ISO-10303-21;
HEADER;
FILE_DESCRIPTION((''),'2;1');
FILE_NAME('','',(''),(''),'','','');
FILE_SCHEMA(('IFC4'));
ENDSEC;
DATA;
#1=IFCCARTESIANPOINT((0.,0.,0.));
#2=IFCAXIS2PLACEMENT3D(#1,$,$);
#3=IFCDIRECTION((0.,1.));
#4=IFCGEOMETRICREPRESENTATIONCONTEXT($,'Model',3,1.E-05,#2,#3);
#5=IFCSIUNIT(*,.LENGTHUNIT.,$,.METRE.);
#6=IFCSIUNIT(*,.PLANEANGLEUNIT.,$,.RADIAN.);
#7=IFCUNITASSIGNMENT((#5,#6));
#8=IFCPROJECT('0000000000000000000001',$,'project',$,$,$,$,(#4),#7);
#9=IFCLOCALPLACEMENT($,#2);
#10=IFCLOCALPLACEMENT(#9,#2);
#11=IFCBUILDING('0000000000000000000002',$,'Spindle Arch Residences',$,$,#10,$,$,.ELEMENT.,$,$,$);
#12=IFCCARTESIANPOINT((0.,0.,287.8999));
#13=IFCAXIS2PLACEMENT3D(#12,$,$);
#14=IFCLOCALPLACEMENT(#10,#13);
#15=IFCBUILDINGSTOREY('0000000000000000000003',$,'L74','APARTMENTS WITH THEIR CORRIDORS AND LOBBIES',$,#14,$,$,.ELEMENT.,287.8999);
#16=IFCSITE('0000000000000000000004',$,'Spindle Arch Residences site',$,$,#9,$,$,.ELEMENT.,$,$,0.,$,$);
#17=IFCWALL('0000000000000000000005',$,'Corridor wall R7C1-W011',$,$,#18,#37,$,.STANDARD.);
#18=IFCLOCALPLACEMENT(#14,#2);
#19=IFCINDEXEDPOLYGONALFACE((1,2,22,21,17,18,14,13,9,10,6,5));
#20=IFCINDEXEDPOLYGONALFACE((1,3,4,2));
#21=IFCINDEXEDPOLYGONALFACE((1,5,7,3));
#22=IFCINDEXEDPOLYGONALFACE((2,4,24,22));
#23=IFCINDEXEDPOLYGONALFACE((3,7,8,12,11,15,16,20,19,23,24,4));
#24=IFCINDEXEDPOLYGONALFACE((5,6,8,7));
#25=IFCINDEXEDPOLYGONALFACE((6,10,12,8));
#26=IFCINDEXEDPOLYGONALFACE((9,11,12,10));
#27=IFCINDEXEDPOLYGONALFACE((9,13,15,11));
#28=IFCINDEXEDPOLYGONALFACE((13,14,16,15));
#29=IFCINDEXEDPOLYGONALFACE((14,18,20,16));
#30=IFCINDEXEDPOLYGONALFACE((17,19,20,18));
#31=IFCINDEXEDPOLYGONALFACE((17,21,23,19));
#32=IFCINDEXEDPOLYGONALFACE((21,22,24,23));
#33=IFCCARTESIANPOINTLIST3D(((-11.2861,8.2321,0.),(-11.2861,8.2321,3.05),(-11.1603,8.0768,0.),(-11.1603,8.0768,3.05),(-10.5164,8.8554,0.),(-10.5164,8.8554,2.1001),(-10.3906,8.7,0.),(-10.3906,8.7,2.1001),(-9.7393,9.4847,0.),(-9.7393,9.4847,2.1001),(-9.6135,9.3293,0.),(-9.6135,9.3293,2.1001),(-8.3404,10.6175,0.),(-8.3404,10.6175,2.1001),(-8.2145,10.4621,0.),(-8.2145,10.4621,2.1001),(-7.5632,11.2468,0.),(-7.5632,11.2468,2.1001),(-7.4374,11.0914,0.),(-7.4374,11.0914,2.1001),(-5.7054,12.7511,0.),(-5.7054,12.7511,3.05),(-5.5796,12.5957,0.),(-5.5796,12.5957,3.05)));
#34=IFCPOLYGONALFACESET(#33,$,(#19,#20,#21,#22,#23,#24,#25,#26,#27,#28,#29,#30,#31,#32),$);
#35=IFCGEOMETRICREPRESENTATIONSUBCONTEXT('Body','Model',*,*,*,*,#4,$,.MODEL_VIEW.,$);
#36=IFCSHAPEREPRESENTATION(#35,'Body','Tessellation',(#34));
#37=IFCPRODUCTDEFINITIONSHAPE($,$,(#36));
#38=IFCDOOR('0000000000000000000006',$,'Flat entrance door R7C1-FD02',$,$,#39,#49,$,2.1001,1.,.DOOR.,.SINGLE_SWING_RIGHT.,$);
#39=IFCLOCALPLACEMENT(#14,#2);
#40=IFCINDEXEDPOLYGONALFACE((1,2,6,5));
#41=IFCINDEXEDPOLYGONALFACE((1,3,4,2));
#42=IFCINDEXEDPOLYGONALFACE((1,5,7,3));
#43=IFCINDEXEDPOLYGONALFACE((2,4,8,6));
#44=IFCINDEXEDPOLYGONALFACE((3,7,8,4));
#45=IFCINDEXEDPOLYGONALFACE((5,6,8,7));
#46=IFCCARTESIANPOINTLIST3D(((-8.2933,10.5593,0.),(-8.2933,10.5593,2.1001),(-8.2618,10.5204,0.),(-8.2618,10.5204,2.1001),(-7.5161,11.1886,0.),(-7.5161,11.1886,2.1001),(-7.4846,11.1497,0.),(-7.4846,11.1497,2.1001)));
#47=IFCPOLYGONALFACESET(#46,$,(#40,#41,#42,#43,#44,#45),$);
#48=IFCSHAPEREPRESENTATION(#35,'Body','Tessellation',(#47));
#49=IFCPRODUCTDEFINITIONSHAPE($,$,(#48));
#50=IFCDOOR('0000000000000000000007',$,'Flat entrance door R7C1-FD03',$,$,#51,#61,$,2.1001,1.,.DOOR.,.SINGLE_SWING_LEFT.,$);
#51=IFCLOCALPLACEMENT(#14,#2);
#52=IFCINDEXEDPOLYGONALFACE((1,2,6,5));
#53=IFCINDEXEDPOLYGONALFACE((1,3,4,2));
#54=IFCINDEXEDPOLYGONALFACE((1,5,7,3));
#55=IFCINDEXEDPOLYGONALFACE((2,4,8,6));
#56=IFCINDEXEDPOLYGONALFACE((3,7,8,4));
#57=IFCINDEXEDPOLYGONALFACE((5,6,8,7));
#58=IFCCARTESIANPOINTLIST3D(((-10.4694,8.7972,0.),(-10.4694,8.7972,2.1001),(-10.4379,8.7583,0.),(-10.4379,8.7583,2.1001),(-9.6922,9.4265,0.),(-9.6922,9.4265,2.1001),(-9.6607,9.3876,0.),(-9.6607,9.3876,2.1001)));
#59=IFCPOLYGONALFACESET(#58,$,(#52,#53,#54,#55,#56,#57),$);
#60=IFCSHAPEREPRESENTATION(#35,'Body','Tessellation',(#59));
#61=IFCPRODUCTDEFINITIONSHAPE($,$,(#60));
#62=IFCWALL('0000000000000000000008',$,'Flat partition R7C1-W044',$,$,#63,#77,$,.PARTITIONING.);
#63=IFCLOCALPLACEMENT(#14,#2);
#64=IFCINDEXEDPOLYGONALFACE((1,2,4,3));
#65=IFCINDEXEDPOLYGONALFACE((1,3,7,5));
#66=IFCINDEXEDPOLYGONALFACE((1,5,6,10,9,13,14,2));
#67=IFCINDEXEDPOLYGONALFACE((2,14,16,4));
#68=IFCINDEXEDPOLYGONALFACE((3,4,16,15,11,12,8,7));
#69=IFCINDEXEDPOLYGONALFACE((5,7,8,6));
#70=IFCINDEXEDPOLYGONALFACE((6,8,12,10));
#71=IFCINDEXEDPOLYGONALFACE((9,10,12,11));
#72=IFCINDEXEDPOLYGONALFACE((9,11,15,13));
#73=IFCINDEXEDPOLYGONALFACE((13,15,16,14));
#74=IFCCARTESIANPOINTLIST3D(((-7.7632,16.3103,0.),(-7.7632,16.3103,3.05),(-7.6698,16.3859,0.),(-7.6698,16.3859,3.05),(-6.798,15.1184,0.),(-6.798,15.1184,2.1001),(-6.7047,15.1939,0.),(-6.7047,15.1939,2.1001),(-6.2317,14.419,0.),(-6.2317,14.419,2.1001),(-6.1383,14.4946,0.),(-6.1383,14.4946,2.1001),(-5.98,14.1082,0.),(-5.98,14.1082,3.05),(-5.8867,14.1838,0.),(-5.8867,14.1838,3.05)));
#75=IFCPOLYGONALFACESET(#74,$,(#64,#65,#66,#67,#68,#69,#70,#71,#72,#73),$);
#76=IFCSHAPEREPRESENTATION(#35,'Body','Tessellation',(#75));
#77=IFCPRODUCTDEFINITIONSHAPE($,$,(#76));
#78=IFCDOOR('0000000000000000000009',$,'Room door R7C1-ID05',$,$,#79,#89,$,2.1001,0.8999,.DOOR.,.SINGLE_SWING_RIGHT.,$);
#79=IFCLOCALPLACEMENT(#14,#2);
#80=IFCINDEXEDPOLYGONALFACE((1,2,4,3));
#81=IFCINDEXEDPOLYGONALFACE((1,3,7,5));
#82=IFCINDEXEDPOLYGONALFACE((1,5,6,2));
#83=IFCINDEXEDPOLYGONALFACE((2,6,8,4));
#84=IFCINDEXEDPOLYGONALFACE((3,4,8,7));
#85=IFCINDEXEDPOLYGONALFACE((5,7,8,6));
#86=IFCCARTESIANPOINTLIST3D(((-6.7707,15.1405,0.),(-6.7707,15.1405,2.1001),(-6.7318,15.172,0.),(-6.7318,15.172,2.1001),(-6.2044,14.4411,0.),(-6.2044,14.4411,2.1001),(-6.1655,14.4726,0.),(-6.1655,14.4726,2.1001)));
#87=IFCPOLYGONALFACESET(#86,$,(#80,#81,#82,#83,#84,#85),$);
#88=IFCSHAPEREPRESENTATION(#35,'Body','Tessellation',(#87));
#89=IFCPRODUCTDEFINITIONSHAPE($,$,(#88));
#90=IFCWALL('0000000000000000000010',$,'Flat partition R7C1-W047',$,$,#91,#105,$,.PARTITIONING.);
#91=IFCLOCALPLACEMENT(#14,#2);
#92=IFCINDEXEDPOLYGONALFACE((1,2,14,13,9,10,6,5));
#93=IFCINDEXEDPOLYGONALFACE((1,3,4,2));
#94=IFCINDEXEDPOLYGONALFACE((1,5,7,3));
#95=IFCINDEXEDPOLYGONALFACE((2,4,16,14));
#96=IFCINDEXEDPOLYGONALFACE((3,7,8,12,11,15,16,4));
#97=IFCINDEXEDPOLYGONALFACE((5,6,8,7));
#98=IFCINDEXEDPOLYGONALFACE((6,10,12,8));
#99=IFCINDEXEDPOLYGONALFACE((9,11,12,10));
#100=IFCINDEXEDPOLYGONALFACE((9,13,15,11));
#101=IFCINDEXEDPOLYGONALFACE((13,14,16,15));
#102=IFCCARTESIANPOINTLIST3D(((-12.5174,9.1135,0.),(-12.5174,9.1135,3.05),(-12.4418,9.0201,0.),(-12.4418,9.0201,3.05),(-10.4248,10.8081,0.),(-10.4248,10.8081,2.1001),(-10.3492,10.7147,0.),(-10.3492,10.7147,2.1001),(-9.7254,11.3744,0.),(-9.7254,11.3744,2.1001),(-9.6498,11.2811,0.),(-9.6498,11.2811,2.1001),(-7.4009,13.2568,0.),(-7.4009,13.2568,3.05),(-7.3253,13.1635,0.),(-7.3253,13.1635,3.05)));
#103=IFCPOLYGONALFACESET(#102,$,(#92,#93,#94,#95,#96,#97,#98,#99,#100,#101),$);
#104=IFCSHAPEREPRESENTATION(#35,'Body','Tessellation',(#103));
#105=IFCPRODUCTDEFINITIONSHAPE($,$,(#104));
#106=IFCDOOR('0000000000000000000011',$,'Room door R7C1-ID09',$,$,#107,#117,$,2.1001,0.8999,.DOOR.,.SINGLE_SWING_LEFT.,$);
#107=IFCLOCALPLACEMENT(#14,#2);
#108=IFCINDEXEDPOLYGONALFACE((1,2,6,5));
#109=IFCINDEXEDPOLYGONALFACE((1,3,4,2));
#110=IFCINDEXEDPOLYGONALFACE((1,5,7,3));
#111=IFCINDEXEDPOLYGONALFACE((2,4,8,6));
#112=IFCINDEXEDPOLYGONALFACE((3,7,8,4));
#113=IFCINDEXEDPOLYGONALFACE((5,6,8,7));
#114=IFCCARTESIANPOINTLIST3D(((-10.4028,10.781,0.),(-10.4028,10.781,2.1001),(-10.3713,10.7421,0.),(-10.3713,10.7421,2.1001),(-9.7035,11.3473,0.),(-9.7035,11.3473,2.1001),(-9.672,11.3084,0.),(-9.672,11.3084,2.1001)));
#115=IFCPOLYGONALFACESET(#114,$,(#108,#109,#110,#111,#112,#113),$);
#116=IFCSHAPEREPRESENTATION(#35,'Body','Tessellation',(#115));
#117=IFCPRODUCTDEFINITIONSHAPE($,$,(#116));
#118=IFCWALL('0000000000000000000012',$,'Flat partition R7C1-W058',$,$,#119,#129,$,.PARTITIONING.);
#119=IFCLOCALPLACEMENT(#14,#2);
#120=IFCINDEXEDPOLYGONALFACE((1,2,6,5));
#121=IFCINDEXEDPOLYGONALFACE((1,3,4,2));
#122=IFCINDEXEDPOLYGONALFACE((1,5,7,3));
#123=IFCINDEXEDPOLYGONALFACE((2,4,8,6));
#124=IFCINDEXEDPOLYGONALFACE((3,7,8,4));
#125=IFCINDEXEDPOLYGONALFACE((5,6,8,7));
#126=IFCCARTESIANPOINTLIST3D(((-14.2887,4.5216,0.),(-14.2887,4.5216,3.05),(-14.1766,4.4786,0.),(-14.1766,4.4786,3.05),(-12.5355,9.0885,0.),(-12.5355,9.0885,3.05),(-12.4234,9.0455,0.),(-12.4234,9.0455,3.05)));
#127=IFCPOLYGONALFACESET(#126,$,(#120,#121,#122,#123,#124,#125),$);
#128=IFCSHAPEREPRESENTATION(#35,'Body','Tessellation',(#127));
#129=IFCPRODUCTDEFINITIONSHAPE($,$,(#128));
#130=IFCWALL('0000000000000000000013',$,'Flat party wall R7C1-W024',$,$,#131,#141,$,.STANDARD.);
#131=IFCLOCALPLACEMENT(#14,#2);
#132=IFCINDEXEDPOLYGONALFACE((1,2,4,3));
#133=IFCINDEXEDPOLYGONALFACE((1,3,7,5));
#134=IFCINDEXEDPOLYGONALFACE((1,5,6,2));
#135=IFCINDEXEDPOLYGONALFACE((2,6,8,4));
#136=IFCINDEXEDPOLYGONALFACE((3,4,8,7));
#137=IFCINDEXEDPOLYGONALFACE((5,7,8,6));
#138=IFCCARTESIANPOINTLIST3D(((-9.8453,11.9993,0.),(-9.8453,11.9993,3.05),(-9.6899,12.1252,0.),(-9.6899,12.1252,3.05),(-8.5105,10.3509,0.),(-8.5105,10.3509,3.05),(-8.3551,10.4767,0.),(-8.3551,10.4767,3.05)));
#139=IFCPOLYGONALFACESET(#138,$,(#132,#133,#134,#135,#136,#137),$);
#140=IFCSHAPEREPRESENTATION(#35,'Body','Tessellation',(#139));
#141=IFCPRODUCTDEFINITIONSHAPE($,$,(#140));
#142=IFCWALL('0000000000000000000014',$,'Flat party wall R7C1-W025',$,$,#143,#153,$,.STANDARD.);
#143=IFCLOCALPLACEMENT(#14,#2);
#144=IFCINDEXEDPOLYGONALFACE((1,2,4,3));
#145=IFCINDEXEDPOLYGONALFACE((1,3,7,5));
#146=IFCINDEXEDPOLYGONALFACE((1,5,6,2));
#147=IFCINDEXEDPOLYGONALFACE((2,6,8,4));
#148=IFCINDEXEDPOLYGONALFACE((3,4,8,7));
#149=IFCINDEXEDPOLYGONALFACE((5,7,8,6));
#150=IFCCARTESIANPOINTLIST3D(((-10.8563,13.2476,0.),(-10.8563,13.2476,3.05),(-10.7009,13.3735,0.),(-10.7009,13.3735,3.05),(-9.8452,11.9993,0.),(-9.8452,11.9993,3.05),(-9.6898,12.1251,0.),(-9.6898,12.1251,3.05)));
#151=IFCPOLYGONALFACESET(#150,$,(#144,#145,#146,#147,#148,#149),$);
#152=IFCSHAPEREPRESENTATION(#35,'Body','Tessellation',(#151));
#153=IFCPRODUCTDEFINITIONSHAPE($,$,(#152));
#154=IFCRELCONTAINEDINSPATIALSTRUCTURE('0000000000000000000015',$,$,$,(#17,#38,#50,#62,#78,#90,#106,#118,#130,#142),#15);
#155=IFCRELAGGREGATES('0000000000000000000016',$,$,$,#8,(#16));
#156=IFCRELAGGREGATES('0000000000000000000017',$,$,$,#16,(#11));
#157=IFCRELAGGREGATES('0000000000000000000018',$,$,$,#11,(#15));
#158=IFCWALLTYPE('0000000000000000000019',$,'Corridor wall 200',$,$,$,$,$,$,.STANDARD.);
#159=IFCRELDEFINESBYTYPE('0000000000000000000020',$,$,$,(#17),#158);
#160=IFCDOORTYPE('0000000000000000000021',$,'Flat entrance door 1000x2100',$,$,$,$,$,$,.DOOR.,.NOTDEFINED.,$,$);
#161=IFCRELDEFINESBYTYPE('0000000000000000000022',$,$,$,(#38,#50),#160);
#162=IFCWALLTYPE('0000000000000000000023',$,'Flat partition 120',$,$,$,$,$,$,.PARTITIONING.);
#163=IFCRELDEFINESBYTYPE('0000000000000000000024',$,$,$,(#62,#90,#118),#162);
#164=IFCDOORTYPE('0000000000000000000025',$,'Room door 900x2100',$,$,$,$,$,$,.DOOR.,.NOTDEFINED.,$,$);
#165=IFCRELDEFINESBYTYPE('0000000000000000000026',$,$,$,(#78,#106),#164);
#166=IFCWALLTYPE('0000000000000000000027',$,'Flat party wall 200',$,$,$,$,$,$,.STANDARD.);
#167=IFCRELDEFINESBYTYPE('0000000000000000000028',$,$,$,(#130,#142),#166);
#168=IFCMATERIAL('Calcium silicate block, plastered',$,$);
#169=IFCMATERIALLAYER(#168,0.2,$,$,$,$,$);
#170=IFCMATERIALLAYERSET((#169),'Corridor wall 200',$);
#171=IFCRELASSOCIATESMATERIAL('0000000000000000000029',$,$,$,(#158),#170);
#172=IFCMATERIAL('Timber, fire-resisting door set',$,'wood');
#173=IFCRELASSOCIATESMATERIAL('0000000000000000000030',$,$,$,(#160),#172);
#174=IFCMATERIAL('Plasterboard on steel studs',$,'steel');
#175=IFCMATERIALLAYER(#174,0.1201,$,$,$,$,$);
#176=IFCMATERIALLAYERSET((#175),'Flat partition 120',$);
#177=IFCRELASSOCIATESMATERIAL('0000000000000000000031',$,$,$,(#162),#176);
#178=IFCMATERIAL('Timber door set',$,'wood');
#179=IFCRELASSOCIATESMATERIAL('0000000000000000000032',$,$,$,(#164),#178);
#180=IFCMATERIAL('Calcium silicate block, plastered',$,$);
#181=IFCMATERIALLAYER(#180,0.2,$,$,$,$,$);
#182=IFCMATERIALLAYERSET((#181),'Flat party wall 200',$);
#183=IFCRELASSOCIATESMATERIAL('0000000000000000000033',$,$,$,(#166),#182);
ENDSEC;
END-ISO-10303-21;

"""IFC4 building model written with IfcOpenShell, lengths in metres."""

from ifc_helpers import new_model, si_unit, direction, frame, frame_2d, origin, place, context, subcontext, project, spatial, rectangle, extrude, material, layer, layer_set, type_object, element, fill, save


model = new_model("IFC4")

# Units and contexts
model_context = context("Model", 3, precision=1e-05, world=origin(), true_north=direction((0.0, 1.0)))
body_context = subcontext(model_context, "Body", "Model", "MODEL_VIEW")
ifc_project = project(units=[si_unit("LENGTHUNIT", "METRE"), si_unit("PLANEANGLEUNIT", "RADIAN")], contexts=[model_context])

# Site, building, storey
site_placement = place(None, origin())
site = spatial("IfcSite", under=ifc_project, at=site_placement, Name="Spindle Arch Residences site", CompositionType="ELEMENT", RefElevation=0.0)
building_placement = place(site_placement, origin())
building = spatial("IfcBuilding", under=site, at=building_placement, Name="Spindle Arch Residences", CompositionType="ELEMENT")
storey_placement = place(building_placement, frame((0.0, 0.0, 287.8999)))
storey = spatial("IfcBuildingStorey", under=building, at=storey_placement, Name="L74", Description="APARTMENTS WITH THEIR CORRIDORS AND LOBBIES", CompositionType="ELEMENT", Elevation=287.8999)

# Wall, openings, doors
ifc_material_1 = material(Name="Calcium silicate block, plastered")
ifc_layer_1 = layer(ifc_material_1, 0.2)
ifc_layer_set_1 = layer_set([ifc_layer_1], Name="Corridor wall 200")
wall_type_1 = type_object("IfcWallType", Name="Corridor wall 200", PredefinedType="STANDARD", material=ifc_layer_set_1)
wall_1_placement = place(storey_placement, frame((-5.6426, 12.6733, 0.0), z_axis=(0.0, 0.0, 1.0), x_axis=(-0.77716, -0.629303, 0.0)))
wall_1 = element("IfcWall", 1, at=wall_1_placement, inside=storey, type_object=wall_type_1, Name="Corridor wall R7C1-W011", PredefinedType="STANDARD", context=body_context, shape_type="SweptSolid", body=[
    extrude(rectangle(XDim=7.1809, YDim=0.2, at=frame_2d((3.5903, 0.0))), origin(), (0.0, 0.0, 1.0), 3.05),
])
opening_1_placement = place(wall_1_placement, frame((2.3904, 0.0, 0.0)))
opening_1 = element("IfcOpeningElement", 2, at=opening_1_placement, cuts=wall_1, PredefinedType="OPENING", context=body_context, shape_type="SweptSolid", body=[
    extrude(rectangle(XDim=1.0, YDim=2.1001, at=frame_2d((0.5, 1.05))), frame((0.0, 0.1099, 0.0), z_axis=(0.0, -1.0, 0.0), x_axis=(1.0, 0.0, 0.0)), (0.0, 0.0, 1.0), 0.22),
])
opening_2_placement = place(wall_1_placement, frame((5.1904, 0.0, 0.0)))
opening_2 = element("IfcOpeningElement", 3, at=opening_2_placement, cuts=wall_1, PredefinedType="OPENING", context=body_context, shape_type="SweptSolid", body=[
    extrude(rectangle(XDim=1.0, YDim=2.1001, at=frame_2d((0.5, 1.05))), frame((0.0, 0.1099, 0.0), z_axis=(0.0, -1.0, 0.0), x_axis=(1.0, 0.0, 0.0)), (0.0, 0.0, 1.0), 0.22),
])
ifc_material_2 = material(Name="Timber, fire-resisting door set", Category="wood")
door_type_1 = type_object("IfcDoorType", Name="Flat entrance door 1000x2100", OperationType="NOTDEFINED", PredefinedType="DOOR", material=ifc_material_2)
door_1_placement = place(opening_1_placement, origin())
door_1 = element("IfcDoor", 4, at=door_1_placement, inside=storey, type_object=door_type_1, Name="Flat entrance door R7C1-FD02", OperationType="SINGLE_SWING_RIGHT", OverallHeight=2.1001, OverallWidth=1.0, PredefinedType="DOOR", context=body_context, shape_type="SweptSolid", body=[
    extrude(rectangle(XDim=1.0, YDim=2.1001, at=frame_2d((0.5, 1.05))), frame((0.0, 0.0249, 0.0), z_axis=(0.0, -1.0, 0.0), x_axis=(1.0, 0.0, 0.0)), (0.0, 0.0, 1.0), 0.05),
])
fill(opening_1, door_1)
door_2_placement = place(opening_2_placement, origin())
door_2 = element("IfcDoor", 5, at=door_2_placement, inside=storey, type_object=door_type_1, Name="Flat entrance door R7C1-FD03", OperationType="SINGLE_SWING_LEFT", OverallHeight=2.1001, OverallWidth=1.0, PredefinedType="DOOR", context=body_context, shape_type="SweptSolid", body=[
    extrude(rectangle(XDim=1.0, YDim=2.1001, at=frame_2d((0.5, 1.05))), frame((0.0, 0.0249, 0.0), z_axis=(0.0, -1.0, 0.0), x_axis=(1.0, 0.0, 0.0)), (0.0, 0.0, 1.0), 0.05),
])
fill(opening_2, door_2)

# Walls, openings, doors
ifc_material_3 = material(Name="Plasterboard on steel studs", Category="steel")
ifc_layer_2 = layer(ifc_material_3, 0.1201)
ifc_layer_set_2 = layer_set([ifc_layer_2], Name="Flat partition 120")
wall_type_2 = type_object("IfcWallType", Name="Flat partition 120", PredefinedType="PARTITIONING", material=ifc_layer_set_2)
wall_2_placement = place(storey_placement, frame((-5.9333, 14.146, 0.0), z_axis=(0.0, 0.0, 1.0), x_axis=(-0.629307, 0.777157, 0.0)))
wall_2 = element("IfcWall", 6, at=wall_2_placement, inside=storey, type_object=wall_type_2, Name="Flat partition R7C1-W044", PredefinedType="PARTITIONING", context=body_context, shape_type="SweptSolid", body=[
    extrude(rectangle(XDim=2.8335, YDim=0.1201, at=frame_2d((1.4167, 0.0))), origin(), (0.0, 0.0, 1.0), 3.05),
])
opening_3_placement = place(wall_2_placement, frame((0.3999, 0.0, 0.0)))
opening_3 = element("IfcOpeningElement", 7, at=opening_3_placement, cuts=wall_2, PredefinedType="OPENING", context=body_context, shape_type="SweptSolid", body=[
    extrude(rectangle(XDim=0.8999, YDim=2.1001, at=frame_2d((0.45, 1.05))), frame((0.0, 0.0701, 0.0), z_axis=(0.0, -1.0, 0.0), x_axis=(1.0, 0.0, 0.0)), (0.0, 0.0, 1.0), 0.1401),
])
ifc_material_4 = material(Name="Timber door set", Category="wood")
door_type_2 = type_object("IfcDoorType", Name="Room door 900x2100", OperationType="NOTDEFINED", PredefinedType="DOOR", material=ifc_material_4)
door_3_placement = place(opening_3_placement, origin())
door_3 = element("IfcDoor", 8, at=door_3_placement, inside=storey, type_object=door_type_2, Name="Room door R7C1-ID05", OperationType="SINGLE_SWING_RIGHT", OverallHeight=2.1001, OverallWidth=0.8999, PredefinedType="DOOR", context=body_context, shape_type="SweptSolid", body=[
    extrude(rectangle(XDim=0.8999, YDim=2.1001, at=frame_2d((0.45, 1.05))), frame((0.0, 0.0249, 0.0), z_axis=(0.0, -1.0, 0.0), x_axis=(1.0, 0.0, 0.0)), (0.0, 0.0, 1.0), 0.05),
])
fill(opening_3, door_3)
wall_3_placement = place(storey_placement, frame((-7.363, 13.2102, 0.0), z_axis=(0.0, 0.0, 1.0), x_axis=(-0.77714, -0.629328, 0.0)))
wall_3 = element("IfcWall", 9, at=wall_3_placement, inside=storey, type_object=wall_type_2, Name="Flat partition R7C1-W047", PredefinedType="PARTITIONING", context=body_context, shape_type="SweptSolid", body=[
    extrude(rectangle(XDim=6.5837, YDim=0.1201, at=frame_2d((3.292, 0.0))), origin(), (0.0, 0.0, 1.0), 3.05),
])
opening_4_placement = place(wall_3_placement, frame((2.9912, 0.0, 0.0)))
opening_4 = element("IfcOpeningElement", 10, at=opening_4_placement, cuts=wall_3, PredefinedType="OPENING", context=body_context, shape_type="SweptSolid", body=[
    extrude(rectangle(XDim=0.8999, YDim=2.1001, at=frame_2d((0.45, 1.05))), frame((0.0, 0.0701, 0.0), z_axis=(0.0, -1.0, 0.0), x_axis=(1.0, 0.0, 0.0)), (0.0, 0.0, 1.0), 0.1401),
])
door_4_placement = place(opening_4_placement, origin())
door_4 = element("IfcDoor", 11, at=door_4_placement, inside=storey, type_object=door_type_2, Name="Room door R7C1-ID09", OperationType="SINGLE_SWING_LEFT", OverallHeight=2.1001, OverallWidth=0.8999, PredefinedType="DOOR", context=body_context, shape_type="SweptSolid", body=[
    extrude(rectangle(XDim=0.8999, YDim=2.1001, at=frame_2d((0.45, 1.05))), frame((0.0, 0.0249, 0.0), z_axis=(0.0, -1.0, 0.0), x_axis=(1.0, 0.0, 0.0)), (0.0, 0.0, 1.0), 0.05),
])
fill(opening_4, door_4)

# Walls
wall_4_placement = place(storey_placement, frame((-12.4795, 9.0669, 0.0), z_axis=(0.0, 0.0, 1.0), x_axis=(-0.358387, -0.933573, 0.0)))
element("IfcWall", 12, at=wall_4_placement, inside=storey, type_object=wall_type_2, Name="Flat partition R7C1-W058", PredefinedType="PARTITIONING", context=body_context, shape_type="SweptSolid", body=[
    extrude(rectangle(XDim=4.8918, YDim=0.1201, at=frame_2d((2.4458, 0.0))), origin(), (0.0, 0.0, 1.0), 3.05),
])
ifc_material_5 = material(Name="Calcium silicate block, plastered")
ifc_layer_3 = layer(ifc_material_5, 0.2)
ifc_layer_set_3 = layer_set([ifc_layer_3], Name="Flat party wall 200")
wall_type_3 = type_object("IfcWallType", Name="Flat party wall 200", PredefinedType="STANDARD", material=ifc_layer_set_3)
wall_5_placement = place(storey_placement, frame((-9.7676, 12.0623, 0.0), z_axis=(0.0, 0.0, 1.0), x_axis=(0.629274, -0.777183, 0.0)))
element("IfcWall", 13, at=wall_5_placement, inside=storey, type_object=wall_type_3, Name="Flat party wall R7C1-W024", PredefinedType="STANDARD", context=body_context, shape_type="SweptSolid", body=[
    extrude(rectangle(XDim=2.1211, YDim=0.2, at=frame_2d((1.0605, 0.0))), origin(), (0.0, 0.0, 1.0), 3.05),
])
wall_6_placement = place(storey_placement, frame((-10.7786, 13.3105, 0.0), z_axis=(0.0, 0.0, 1.0), x_axis=(0.629373, -0.777103, 0.0)))
element("IfcWall", 14, at=wall_6_placement, inside=storey, type_object=wall_type_3, Name="Flat party wall R7C1-W025", PredefinedType="STANDARD", context=body_context, shape_type="SweptSolid", body=[
    extrude(rectangle(XDim=1.6064, YDim=0.2, at=frame_2d((0.8032, 0.0))), origin(), (0.0, 0.0, 1.0), 3.05),
])

save(model, "model.ifc")
